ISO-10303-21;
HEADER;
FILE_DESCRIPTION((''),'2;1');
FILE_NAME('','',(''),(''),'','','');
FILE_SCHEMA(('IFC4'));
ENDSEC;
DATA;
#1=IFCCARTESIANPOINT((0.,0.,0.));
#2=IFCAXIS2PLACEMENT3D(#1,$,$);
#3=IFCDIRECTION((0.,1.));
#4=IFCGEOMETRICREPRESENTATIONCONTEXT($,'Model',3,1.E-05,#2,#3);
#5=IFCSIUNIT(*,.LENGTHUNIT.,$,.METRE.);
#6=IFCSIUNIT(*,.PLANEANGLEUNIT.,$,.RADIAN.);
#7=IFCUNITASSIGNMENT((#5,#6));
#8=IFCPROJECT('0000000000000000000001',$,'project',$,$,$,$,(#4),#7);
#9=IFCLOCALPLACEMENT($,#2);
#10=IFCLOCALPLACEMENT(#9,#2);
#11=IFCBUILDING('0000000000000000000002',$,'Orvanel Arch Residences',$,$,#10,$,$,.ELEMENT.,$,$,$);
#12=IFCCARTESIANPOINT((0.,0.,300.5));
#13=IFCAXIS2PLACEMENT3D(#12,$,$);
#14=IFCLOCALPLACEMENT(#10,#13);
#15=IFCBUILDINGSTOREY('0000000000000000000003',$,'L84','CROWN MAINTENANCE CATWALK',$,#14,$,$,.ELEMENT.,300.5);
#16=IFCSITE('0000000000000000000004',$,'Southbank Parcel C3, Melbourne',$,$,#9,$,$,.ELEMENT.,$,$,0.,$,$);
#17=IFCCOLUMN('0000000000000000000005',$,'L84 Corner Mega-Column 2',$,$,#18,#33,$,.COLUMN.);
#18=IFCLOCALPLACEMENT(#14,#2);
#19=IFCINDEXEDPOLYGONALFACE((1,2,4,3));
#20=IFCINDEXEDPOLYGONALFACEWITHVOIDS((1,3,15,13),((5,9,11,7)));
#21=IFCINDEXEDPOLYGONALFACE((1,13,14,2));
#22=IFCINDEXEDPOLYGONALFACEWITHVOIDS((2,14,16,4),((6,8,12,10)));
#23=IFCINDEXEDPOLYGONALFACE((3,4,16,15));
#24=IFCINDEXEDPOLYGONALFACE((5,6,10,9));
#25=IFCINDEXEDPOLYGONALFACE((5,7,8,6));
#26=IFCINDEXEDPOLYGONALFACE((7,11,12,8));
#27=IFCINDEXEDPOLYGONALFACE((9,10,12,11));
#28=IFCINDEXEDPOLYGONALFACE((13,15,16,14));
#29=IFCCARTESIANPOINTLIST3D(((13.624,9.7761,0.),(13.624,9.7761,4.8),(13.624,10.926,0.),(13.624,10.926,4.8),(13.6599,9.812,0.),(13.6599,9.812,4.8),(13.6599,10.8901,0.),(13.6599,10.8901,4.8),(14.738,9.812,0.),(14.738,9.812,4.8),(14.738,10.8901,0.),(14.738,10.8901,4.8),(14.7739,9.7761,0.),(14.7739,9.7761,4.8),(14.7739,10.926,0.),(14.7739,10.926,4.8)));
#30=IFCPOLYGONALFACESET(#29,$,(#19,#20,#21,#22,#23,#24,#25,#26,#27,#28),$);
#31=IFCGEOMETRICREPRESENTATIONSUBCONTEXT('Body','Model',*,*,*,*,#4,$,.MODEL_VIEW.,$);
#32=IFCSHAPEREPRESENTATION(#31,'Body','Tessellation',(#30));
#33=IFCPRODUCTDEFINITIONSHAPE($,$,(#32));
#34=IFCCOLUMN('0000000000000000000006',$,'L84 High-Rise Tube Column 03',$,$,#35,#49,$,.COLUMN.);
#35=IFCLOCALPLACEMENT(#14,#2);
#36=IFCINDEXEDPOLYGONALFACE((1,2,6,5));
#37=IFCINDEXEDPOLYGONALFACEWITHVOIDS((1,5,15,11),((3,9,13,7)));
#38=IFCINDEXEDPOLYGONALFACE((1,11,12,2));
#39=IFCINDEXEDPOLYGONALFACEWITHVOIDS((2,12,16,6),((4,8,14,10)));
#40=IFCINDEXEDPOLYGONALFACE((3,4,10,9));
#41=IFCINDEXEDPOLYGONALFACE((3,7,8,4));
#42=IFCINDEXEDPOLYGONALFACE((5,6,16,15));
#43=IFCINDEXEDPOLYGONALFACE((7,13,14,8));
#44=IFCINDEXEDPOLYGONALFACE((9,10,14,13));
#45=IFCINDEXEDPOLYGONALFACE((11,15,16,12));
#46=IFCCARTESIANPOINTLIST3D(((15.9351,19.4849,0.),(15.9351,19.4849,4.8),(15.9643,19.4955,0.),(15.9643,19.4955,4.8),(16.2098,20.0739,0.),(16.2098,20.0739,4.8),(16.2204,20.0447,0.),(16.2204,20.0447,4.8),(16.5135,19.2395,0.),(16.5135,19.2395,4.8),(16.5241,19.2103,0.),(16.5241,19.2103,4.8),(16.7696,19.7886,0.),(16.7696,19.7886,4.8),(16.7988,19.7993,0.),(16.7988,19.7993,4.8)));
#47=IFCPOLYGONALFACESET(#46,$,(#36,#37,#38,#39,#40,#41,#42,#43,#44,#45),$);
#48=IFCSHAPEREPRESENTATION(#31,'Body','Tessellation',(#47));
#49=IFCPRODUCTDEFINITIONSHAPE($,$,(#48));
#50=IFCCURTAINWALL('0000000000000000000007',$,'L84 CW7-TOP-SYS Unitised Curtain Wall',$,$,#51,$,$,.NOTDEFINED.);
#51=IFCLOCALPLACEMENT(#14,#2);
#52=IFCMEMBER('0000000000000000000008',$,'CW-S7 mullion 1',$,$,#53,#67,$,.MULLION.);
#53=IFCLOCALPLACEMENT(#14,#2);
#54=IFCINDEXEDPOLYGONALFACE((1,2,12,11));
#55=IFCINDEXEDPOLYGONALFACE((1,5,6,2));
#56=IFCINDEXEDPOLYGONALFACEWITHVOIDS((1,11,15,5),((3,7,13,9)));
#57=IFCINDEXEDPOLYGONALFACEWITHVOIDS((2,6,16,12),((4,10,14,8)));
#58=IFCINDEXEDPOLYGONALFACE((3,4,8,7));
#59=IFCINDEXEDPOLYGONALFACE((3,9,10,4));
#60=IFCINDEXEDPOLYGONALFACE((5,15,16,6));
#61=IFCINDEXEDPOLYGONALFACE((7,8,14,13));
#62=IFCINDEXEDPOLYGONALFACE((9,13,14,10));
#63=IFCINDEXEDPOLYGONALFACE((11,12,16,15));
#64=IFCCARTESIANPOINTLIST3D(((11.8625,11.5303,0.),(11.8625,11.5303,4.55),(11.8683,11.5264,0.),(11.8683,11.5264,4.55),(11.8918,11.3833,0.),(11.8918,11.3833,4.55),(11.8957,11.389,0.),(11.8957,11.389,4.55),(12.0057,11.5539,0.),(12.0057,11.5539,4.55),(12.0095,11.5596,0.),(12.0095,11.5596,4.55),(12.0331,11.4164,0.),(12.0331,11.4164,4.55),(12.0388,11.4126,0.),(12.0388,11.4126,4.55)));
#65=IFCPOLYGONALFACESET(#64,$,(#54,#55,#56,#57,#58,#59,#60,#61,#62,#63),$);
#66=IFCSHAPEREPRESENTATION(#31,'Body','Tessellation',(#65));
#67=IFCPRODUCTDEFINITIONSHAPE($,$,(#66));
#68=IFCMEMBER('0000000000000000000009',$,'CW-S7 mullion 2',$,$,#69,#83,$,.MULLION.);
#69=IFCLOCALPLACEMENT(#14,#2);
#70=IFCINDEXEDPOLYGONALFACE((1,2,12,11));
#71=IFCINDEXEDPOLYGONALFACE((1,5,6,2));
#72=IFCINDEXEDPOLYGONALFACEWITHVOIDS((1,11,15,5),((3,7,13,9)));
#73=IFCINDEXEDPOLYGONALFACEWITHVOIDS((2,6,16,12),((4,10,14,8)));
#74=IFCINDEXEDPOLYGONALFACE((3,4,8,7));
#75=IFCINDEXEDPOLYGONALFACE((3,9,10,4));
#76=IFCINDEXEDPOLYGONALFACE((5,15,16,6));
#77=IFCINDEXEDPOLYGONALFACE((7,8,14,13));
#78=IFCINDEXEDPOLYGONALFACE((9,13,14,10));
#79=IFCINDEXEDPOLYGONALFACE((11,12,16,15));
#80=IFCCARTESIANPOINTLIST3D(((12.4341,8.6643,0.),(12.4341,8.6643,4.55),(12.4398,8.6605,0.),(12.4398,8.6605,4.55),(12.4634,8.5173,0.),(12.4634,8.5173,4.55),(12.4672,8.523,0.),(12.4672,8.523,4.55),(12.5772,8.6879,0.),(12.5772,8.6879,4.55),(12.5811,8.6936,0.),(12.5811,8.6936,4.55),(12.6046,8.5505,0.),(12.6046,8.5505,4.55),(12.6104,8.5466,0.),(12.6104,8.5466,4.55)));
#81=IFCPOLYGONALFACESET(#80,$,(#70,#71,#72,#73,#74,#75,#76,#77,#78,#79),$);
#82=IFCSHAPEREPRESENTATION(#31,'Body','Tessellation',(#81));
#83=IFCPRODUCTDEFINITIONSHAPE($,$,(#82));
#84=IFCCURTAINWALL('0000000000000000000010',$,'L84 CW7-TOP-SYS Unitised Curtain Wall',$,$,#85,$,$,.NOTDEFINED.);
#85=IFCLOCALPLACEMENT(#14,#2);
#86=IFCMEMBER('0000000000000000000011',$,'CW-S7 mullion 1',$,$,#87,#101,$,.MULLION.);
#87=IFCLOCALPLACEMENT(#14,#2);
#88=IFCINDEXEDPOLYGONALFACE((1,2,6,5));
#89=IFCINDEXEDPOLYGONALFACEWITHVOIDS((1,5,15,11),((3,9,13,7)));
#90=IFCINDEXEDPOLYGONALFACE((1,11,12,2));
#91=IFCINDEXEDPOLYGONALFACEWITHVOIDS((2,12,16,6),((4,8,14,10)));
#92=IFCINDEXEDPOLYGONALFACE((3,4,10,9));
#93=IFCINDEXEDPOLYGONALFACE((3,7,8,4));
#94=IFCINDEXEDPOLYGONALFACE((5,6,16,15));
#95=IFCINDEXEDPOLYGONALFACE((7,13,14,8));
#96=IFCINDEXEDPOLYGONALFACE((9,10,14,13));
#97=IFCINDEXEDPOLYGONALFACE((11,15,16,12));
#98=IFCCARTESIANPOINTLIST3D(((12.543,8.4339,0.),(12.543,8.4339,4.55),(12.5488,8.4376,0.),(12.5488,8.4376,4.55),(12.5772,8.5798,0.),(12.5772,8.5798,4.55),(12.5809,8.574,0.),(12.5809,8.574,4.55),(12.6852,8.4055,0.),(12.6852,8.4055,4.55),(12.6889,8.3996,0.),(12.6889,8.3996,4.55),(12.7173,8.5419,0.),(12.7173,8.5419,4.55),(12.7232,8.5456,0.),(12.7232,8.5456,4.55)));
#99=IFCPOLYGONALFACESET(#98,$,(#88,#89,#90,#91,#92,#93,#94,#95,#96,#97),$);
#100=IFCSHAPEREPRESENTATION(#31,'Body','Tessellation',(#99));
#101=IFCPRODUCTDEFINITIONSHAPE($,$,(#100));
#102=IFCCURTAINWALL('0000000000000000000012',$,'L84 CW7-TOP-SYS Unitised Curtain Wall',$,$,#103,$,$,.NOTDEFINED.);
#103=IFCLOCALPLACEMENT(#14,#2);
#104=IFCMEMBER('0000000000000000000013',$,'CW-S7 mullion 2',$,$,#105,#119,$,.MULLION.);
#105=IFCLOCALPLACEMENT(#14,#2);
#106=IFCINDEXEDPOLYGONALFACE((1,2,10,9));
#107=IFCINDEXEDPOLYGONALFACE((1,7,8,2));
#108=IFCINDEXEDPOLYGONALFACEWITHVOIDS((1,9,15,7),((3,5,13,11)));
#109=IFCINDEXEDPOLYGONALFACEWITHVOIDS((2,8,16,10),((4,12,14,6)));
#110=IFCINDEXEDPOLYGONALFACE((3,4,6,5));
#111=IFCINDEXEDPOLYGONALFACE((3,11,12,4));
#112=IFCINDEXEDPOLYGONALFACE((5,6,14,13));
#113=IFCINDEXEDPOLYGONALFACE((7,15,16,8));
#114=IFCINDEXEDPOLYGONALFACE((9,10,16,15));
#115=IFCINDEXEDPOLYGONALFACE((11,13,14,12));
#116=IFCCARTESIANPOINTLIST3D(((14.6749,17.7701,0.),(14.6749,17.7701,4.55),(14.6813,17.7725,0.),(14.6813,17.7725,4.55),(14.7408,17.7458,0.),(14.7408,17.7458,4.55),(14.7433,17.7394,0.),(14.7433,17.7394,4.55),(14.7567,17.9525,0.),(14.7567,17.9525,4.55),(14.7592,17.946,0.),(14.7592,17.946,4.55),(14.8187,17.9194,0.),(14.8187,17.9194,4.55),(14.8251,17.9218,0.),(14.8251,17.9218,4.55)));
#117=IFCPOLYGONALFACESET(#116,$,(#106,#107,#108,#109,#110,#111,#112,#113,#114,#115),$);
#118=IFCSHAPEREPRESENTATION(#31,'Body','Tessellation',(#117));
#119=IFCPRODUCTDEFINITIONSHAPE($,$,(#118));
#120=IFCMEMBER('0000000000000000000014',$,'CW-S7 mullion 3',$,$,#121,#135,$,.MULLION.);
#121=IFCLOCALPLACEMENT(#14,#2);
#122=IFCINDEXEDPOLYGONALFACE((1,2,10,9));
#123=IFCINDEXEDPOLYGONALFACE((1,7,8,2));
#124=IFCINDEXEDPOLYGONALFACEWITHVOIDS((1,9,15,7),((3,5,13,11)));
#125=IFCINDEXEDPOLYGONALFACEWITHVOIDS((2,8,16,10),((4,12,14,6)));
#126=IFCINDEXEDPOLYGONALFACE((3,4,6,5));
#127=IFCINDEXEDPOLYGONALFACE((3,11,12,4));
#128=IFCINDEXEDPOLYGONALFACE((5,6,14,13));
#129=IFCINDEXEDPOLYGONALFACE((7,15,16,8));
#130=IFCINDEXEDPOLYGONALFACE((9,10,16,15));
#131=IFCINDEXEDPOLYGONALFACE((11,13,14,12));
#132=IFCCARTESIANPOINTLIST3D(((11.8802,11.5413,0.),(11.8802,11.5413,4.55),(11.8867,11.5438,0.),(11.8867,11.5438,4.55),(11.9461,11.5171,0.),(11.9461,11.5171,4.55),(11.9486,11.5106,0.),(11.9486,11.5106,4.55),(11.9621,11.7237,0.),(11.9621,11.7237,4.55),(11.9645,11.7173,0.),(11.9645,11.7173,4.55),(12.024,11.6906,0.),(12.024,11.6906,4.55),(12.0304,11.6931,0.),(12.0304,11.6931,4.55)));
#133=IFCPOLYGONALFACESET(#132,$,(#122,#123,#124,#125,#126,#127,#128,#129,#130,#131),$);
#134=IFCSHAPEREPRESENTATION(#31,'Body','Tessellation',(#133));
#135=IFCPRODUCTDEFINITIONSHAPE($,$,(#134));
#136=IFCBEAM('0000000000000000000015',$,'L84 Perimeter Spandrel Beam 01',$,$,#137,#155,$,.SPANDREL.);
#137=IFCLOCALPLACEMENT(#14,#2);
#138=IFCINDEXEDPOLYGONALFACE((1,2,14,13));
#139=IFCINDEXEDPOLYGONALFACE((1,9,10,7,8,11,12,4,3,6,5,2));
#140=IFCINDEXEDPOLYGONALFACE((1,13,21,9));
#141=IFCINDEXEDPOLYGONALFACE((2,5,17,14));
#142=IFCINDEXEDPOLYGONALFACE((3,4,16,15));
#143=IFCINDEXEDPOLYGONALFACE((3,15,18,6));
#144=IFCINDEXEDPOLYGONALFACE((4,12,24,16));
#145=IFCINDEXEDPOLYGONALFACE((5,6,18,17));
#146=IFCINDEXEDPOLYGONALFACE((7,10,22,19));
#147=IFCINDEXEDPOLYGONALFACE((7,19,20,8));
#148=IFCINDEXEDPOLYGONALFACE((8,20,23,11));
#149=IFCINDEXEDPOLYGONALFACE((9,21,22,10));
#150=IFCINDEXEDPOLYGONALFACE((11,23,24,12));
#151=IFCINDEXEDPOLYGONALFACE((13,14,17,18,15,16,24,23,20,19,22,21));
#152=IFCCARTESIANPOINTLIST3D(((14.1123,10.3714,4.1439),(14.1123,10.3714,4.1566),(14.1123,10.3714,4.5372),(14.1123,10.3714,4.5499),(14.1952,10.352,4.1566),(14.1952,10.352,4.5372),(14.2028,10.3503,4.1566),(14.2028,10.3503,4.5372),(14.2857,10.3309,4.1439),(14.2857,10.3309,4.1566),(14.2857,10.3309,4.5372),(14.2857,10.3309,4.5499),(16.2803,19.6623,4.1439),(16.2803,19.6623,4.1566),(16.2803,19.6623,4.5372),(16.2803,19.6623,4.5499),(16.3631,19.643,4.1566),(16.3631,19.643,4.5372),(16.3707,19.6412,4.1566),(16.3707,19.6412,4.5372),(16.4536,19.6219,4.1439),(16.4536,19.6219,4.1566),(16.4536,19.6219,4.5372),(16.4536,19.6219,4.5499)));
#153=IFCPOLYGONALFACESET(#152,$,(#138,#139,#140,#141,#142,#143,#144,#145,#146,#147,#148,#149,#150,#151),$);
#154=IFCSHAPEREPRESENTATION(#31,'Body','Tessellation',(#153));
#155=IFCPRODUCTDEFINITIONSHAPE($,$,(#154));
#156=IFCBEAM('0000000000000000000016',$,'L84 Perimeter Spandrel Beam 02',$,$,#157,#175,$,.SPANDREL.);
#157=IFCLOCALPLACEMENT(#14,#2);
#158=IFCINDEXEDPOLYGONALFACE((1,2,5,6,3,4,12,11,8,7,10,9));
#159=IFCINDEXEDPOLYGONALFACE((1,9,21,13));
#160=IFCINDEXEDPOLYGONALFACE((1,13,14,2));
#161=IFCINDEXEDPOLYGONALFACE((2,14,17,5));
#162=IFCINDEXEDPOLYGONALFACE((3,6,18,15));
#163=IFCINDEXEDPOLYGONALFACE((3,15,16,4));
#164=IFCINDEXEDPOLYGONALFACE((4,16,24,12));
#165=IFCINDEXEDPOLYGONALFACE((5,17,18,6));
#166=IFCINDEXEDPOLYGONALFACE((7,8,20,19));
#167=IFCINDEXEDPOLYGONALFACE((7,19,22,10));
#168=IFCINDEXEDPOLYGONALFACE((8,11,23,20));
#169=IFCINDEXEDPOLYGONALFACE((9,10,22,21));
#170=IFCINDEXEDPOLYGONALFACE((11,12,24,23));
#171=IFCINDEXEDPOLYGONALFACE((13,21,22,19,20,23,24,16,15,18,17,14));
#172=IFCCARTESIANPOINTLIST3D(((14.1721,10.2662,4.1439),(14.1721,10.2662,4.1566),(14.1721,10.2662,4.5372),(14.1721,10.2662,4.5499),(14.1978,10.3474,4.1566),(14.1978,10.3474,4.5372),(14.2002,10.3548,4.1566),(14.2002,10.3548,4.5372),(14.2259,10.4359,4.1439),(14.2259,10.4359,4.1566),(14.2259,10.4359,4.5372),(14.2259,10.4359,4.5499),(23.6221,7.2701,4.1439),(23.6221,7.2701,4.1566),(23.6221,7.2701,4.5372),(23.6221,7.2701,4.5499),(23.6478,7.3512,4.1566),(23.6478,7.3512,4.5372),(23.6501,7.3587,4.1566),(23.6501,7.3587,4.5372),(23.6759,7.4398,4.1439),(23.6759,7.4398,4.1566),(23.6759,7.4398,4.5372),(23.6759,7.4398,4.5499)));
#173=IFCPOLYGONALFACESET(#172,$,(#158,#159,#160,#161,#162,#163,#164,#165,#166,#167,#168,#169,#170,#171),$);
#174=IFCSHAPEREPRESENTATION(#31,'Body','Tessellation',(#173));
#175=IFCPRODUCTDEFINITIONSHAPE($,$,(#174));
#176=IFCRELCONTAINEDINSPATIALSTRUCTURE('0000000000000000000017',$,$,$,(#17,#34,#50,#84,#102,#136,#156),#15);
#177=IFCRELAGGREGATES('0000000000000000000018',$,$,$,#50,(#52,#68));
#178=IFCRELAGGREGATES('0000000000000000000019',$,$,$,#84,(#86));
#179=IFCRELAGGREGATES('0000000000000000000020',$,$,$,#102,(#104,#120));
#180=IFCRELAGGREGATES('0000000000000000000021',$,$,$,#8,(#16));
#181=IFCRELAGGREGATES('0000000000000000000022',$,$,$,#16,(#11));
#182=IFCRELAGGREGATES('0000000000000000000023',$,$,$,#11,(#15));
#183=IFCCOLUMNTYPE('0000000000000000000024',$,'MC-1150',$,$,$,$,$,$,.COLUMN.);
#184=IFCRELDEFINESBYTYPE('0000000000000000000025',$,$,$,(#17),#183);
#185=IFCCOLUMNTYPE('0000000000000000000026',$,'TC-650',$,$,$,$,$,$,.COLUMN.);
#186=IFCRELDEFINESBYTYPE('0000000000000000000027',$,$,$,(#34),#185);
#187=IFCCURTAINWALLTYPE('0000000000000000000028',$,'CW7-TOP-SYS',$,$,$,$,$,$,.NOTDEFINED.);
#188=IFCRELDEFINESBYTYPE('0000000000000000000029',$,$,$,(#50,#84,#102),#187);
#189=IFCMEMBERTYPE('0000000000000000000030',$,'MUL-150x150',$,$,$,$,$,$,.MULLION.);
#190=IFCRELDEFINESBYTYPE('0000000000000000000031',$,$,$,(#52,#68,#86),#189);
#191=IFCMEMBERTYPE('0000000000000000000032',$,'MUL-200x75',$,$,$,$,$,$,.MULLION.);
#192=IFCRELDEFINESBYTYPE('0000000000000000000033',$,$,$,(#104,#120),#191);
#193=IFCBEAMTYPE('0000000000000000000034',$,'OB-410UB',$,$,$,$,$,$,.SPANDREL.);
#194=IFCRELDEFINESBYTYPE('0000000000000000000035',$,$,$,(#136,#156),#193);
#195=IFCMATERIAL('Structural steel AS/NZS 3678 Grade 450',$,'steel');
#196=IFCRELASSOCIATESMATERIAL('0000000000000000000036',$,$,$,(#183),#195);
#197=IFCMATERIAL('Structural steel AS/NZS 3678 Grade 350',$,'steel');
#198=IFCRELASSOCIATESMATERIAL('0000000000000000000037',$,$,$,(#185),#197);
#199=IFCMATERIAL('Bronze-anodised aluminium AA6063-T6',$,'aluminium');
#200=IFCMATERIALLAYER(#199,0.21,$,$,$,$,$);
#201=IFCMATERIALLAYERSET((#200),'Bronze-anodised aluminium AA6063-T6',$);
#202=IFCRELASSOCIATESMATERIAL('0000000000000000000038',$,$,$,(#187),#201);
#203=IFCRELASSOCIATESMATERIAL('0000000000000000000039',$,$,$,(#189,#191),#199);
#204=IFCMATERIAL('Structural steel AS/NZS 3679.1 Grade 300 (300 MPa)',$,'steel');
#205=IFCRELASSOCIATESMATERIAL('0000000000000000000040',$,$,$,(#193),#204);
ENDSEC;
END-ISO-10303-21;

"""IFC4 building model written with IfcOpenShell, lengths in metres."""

from ifc_helpers import new_model, si_unit, direction, frame, origin, origin_2d, place, context, subcontext, project, spatial, hollow_rectangle, i_section, extrude, material, layer, layer_set, material_profile, profile_set, type_object, element, aggregate, save


model = new_model("IFC4")

# Units and contexts
model_context = context("Model", 3, precision=1e-05, world=origin(), true_north=direction((0.0, 1.0)))
body_context = subcontext(model_context, "Body", "Model", "MODEL_VIEW")
ifc_project = project(units=[si_unit("LENGTHUNIT", "METRE"), si_unit("PLANEANGLEUNIT", "RADIAN")], contexts=[model_context])

# Site, building, storey
site_placement = place(None, origin())
site = spatial("IfcSite", under=ifc_project, at=site_placement, Name="Southbank Parcel C3, Melbourne", CompositionType="ELEMENT", RefElevation=0.0)
building_placement = place(site_placement, origin())
building = spatial("IfcBuilding", under=site, at=building_placement, Name="Orvanel Arch Residences", CompositionType="ELEMENT")
storey_placement = place(building_placement, frame((0.0, 0.0, 300.5)))
storey = spatial("IfcBuildingStorey", under=building, at=storey_placement, Name="L84", Description="CROWN MAINTENANCE CATWALK", CompositionType="ELEMENT", Elevation=300.5)

# Columns
ifc_material_1 = material(Name="Structural steel AS/NZS 3678 Grade 450", Category="steel")
ifc_material_profile_1 = material_profile(ifc_material_1, hollow_rectangle(XDim=1.1499, YDim=1.1499, WallThickness=0.0359, at=origin_2d()), Name="BOX1150x1150x36")
ifc_profile_set_1 = profile_set([ifc_material_profile_1], Name="Structural steel AS/NZS 3678 Grade 450")
column_type_1 = type_object("IfcColumnType", Name="MC-1150", PredefinedType="COLUMN", material=ifc_profile_set_1)
column_1_placement = place(storey_placement, frame((14.199, 10.3511, 0.0), z_axis=(0.0, 0.0, 1.0), x_axis=(1.0, 0.0, 0.0)))
element("IfcColumn", 1, at=column_1_placement, inside=storey, type_object=column_type_1, Name="L84 Corner Mega-Column 2", PredefinedType="COLUMN", context=body_context, shape_type="SweptSolid", body=[
    extrude(hollow_rectangle(XDim=1.1499, YDim=1.1499, WallThickness=0.0359, at=origin_2d()), origin(), (0.0, 0.0, 1.0), 4.8),
])
ifc_material_2 = material(Name="Structural steel AS/NZS 3678 Grade 350", Category="steel")
ifc_material_profile_2 = material_profile(ifc_material_2, hollow_rectangle(XDim=0.6499, YDim=0.6499, WallThickness=0.022, at=origin_2d()), Name="BOX650x650x22")
ifc_profile_set_2 = profile_set([ifc_material_profile_2], Name="Structural steel AS/NZS 3678 Grade 350")
column_type_2 = type_object("IfcColumnType", Name="TC-650", PredefinedType="COLUMN", material=ifc_profile_set_2)
column_2_placement = place(storey_placement, frame((16.3669, 19.6421, 0.0), z_axis=(0.0, 0.0, 1.0), x_axis=(0.422618, 0.906308, 0.0)))
element("IfcColumn", 2, at=column_2_placement, inside=storey, type_object=column_type_2, Name="L84 High-Rise Tube Column 03", PredefinedType="COLUMN", context=body_context, shape_type="SweptSolid", body=[
    extrude(hollow_rectangle(XDim=0.6499, YDim=0.6499, WallThickness=0.022, at=origin_2d()), origin(), (0.0, 0.0, 1.0), 4.8),
])

# Curtain wall, members
ifc_material_3 = material(Name="Bronze-anodised aluminium AA6063-T6", Category="aluminium")
ifc_layer_1 = layer(ifc_material_3, 0.21)
ifc_layer_set_1 = layer_set([ifc_layer_1], Name="Bronze-anodised aluminium AA6063-T6")
curtain_wall_type = type_object("IfcCurtainWallType", Name="CW7-TOP-SYS", PredefinedType="NOTDEFINED", material=ifc_layer_set_1)
curtain_wall_1_placement = place(storey_placement, origin())
curtain_wall_1 = element("IfcCurtainWall", 3, at=curtain_wall_1_placement, inside=storey, type_object=curtain_wall_type, Name="L84 CW7-TOP-SYS Unitised Curtain Wall", PredefinedType="NOTDEFINED")
ifc_material_profile_3 = material_profile(ifc_material_3, hollow_rectangle(XDim=0.1499, YDim=0.1499, WallThickness=0.0049, at=origin_2d()), Name="ALU150x150x5")
ifc_profile_set_3 = profile_set([ifc_material_profile_3], Name="Bronze-anodised aluminium AA6063-T6")
member_type_1 = type_object("IfcMemberType", Name="MUL-150x150", PredefinedType="MULLION", material=ifc_profile_set_3)
member_1_placement = place(storey_placement, frame((11.9507, 11.4714, 0.0), z_axis=(0.0, 0.0, 1.0), x_axis=(0.980681, 0.195615, 0.0)))
member_1 = element("IfcMember", 4, at=member_1_placement, type_object=member_type_1, Name="CW-S7 mullion 1", PredefinedType="MULLION", context=body_context, shape_type="SweptSolid", body=[
    extrude(hollow_rectangle(XDim=0.1499, YDim=0.1499, WallThickness=0.0049, at=origin_2d()), origin(), (0.0, 0.0, 1.0), 4.55),
])
member_2_placement = place(storey_placement, frame((12.5222, 8.6055, 0.0), z_axis=(0.0, 0.0, 1.0), x_axis=(0.980681, 0.195615, 0.0)))
member_2 = element("IfcMember", 5, at=member_2_placement, type_object=member_type_1, Name="CW-S7 mullion 2", PredefinedType="MULLION", context=body_context, shape_type="SweptSolid", body=[
    extrude(hollow_rectangle(XDim=0.1499, YDim=0.1499, WallThickness=0.0049, at=origin_2d()), origin(), (0.0, 0.0, 1.0), 4.55),
])

# Curtain wall, member
curtain_wall_2_placement = place(storey_placement, origin())
curtain_wall_2 = element("IfcCurtainWall", 6, at=curtain_wall_2_placement, inside=storey, type_object=curtain_wall_type, Name="L84 CW7-TOP-SYS Unitised Curtain Wall", PredefinedType="NOTDEFINED")
member_3_placement = place(storey_placement, frame((12.6331, 8.4897, 0.0), z_axis=(0.0, 0.0, 1.0), x_axis=(0.228641, 0.973511, 0.0)))
member_3 = element("IfcMember", 7, at=member_3_placement, type_object=member_type_1, Name="CW-S7 mullion 1", PredefinedType="MULLION", context=body_context, shape_type="SweptSolid", body=[
    extrude(hollow_rectangle(XDim=0.1499, YDim=0.1499, WallThickness=0.0049, at=origin_2d()), origin(), (0.0, 0.0, 1.0), 4.55),
])

# Curtain wall, members
curtain_wall_3_placement = place(storey_placement, origin())
curtain_wall_3 = element("IfcCurtainWall", 8, at=curtain_wall_3_placement, inside=storey, type_object=curtain_wall_type, Name="L84 CW7-TOP-SYS Unitised Curtain Wall", PredefinedType="NOTDEFINED")
ifc_material_profile_4 = material_profile(ifc_material_3, hollow_rectangle(XDim=0.075, YDim=0.2, WallThickness=0.0049, at=origin_2d()), Name="ALU200x75x5")
ifc_profile_set_4 = profile_set([ifc_material_profile_4], Name="Bronze-anodised aluminium AA6063-T6")
member_type_2 = type_object("IfcMemberType", Name="MUL-200x75", PredefinedType="MULLION", material=ifc_profile_set_4)
member_4_placement = place(storey_placement, frame((14.75, 17.8459, 0.0), z_axis=(0.0, 0.0, 1.0), x_axis=(0.912376, -0.409353, 0.0)))
member_4 = element("IfcMember", 9, at=member_4_placement, type_object=member_type_2, Name="CW-S7 mullion 2", PredefinedType="MULLION", context=body_context, shape_type="SweptSolid", body=[
    extrude(hollow_rectangle(XDim=0.075, YDim=0.2, WallThickness=0.0049, at=origin_2d()), origin(), (0.0, 0.0, 1.0), 4.55),
])
member_5_placement = place(storey_placement, frame((11.9553, 11.6172, 0.0), z_axis=(0.0, 0.0, 1.0), x_axis=(0.912376, -0.409353, 0.0)))
member_5 = element("IfcMember", 10, at=member_5_placement, type_object=member_type_2, Name="CW-S7 mullion 3", PredefinedType="MULLION", context=body_context, shape_type="SweptSolid", body=[
    extrude(hollow_rectangle(XDim=0.075, YDim=0.2, WallThickness=0.0049, at=origin_2d()), origin(), (0.0, 0.0, 1.0), 4.55),
])

# Beams
ifc_material_4 = material(Name="Structural steel AS/NZS 3679.1 Grade 300 (300 MPa)", Category="steel")
ifc_material_profile_5 = material_profile(ifc_material_4, i_section(OverallWidth=0.178, OverallDepth=0.406, WebThickness=0.0078, FlangeThickness=0.0127, at=origin_2d()), Name="410UB59.7")
ifc_profile_set_5 = profile_set([ifc_material_profile_5], Name="Structural steel AS/NZS 3679.1 Grade 300 (300 MPa)")
beam_type_1 = type_object("IfcBeamType", Name="OB-410UB", PredefinedType="SPANDREL", material=ifc_profile_set_5)
beam_1_placement = place(storey_placement, frame((16.3669, 19.6421, 4.3469), z_axis=(-0.227236, -0.97384, 0.0), x_axis=(0.97384, -0.227236, 0.0)))
element("IfcBeam", 11, at=beam_1_placement, inside=storey, type_object=beam_type_1, Name="L84 Perimeter Spandrel Beam 01", PredefinedType="SPANDREL", context=body_context, shape_type="SweptSolid", body=[
    extrude(i_section(OverallWidth=0.178, OverallDepth=0.406, WebThickness=0.0078, FlangeThickness=0.0127, at=origin_2d()), origin(), (0.0, 0.0, 1.0), 9.5405),
])
beam_2_placement = place(storey_placement, frame((14.199, 10.3511, 4.3469), z_axis=(0.953237, -0.302223, 0.0), x_axis=(0.302223, 0.953237, 0.0)))
element("IfcBeam", 12, at=beam_2_placement, inside=storey, type_object=beam_type_1, Name="L84 Perimeter Spandrel Beam 02", PredefinedType="SPANDREL", context=body_context, shape_type="SweptSolid", body=[
    extrude(i_section(OverallWidth=0.178, OverallDepth=0.406, WebThickness=0.0078, FlangeThickness=0.0127, at=origin_2d()), origin(), (0.0, 0.0, 1.0), 9.9136),
])

aggregate(curtain_wall_1, [member_1, member_2])
aggregate(curtain_wall_2, [member_3])
aggregate(curtain_wall_3, [member_4, member_5])

save(model, "model.ifc")
